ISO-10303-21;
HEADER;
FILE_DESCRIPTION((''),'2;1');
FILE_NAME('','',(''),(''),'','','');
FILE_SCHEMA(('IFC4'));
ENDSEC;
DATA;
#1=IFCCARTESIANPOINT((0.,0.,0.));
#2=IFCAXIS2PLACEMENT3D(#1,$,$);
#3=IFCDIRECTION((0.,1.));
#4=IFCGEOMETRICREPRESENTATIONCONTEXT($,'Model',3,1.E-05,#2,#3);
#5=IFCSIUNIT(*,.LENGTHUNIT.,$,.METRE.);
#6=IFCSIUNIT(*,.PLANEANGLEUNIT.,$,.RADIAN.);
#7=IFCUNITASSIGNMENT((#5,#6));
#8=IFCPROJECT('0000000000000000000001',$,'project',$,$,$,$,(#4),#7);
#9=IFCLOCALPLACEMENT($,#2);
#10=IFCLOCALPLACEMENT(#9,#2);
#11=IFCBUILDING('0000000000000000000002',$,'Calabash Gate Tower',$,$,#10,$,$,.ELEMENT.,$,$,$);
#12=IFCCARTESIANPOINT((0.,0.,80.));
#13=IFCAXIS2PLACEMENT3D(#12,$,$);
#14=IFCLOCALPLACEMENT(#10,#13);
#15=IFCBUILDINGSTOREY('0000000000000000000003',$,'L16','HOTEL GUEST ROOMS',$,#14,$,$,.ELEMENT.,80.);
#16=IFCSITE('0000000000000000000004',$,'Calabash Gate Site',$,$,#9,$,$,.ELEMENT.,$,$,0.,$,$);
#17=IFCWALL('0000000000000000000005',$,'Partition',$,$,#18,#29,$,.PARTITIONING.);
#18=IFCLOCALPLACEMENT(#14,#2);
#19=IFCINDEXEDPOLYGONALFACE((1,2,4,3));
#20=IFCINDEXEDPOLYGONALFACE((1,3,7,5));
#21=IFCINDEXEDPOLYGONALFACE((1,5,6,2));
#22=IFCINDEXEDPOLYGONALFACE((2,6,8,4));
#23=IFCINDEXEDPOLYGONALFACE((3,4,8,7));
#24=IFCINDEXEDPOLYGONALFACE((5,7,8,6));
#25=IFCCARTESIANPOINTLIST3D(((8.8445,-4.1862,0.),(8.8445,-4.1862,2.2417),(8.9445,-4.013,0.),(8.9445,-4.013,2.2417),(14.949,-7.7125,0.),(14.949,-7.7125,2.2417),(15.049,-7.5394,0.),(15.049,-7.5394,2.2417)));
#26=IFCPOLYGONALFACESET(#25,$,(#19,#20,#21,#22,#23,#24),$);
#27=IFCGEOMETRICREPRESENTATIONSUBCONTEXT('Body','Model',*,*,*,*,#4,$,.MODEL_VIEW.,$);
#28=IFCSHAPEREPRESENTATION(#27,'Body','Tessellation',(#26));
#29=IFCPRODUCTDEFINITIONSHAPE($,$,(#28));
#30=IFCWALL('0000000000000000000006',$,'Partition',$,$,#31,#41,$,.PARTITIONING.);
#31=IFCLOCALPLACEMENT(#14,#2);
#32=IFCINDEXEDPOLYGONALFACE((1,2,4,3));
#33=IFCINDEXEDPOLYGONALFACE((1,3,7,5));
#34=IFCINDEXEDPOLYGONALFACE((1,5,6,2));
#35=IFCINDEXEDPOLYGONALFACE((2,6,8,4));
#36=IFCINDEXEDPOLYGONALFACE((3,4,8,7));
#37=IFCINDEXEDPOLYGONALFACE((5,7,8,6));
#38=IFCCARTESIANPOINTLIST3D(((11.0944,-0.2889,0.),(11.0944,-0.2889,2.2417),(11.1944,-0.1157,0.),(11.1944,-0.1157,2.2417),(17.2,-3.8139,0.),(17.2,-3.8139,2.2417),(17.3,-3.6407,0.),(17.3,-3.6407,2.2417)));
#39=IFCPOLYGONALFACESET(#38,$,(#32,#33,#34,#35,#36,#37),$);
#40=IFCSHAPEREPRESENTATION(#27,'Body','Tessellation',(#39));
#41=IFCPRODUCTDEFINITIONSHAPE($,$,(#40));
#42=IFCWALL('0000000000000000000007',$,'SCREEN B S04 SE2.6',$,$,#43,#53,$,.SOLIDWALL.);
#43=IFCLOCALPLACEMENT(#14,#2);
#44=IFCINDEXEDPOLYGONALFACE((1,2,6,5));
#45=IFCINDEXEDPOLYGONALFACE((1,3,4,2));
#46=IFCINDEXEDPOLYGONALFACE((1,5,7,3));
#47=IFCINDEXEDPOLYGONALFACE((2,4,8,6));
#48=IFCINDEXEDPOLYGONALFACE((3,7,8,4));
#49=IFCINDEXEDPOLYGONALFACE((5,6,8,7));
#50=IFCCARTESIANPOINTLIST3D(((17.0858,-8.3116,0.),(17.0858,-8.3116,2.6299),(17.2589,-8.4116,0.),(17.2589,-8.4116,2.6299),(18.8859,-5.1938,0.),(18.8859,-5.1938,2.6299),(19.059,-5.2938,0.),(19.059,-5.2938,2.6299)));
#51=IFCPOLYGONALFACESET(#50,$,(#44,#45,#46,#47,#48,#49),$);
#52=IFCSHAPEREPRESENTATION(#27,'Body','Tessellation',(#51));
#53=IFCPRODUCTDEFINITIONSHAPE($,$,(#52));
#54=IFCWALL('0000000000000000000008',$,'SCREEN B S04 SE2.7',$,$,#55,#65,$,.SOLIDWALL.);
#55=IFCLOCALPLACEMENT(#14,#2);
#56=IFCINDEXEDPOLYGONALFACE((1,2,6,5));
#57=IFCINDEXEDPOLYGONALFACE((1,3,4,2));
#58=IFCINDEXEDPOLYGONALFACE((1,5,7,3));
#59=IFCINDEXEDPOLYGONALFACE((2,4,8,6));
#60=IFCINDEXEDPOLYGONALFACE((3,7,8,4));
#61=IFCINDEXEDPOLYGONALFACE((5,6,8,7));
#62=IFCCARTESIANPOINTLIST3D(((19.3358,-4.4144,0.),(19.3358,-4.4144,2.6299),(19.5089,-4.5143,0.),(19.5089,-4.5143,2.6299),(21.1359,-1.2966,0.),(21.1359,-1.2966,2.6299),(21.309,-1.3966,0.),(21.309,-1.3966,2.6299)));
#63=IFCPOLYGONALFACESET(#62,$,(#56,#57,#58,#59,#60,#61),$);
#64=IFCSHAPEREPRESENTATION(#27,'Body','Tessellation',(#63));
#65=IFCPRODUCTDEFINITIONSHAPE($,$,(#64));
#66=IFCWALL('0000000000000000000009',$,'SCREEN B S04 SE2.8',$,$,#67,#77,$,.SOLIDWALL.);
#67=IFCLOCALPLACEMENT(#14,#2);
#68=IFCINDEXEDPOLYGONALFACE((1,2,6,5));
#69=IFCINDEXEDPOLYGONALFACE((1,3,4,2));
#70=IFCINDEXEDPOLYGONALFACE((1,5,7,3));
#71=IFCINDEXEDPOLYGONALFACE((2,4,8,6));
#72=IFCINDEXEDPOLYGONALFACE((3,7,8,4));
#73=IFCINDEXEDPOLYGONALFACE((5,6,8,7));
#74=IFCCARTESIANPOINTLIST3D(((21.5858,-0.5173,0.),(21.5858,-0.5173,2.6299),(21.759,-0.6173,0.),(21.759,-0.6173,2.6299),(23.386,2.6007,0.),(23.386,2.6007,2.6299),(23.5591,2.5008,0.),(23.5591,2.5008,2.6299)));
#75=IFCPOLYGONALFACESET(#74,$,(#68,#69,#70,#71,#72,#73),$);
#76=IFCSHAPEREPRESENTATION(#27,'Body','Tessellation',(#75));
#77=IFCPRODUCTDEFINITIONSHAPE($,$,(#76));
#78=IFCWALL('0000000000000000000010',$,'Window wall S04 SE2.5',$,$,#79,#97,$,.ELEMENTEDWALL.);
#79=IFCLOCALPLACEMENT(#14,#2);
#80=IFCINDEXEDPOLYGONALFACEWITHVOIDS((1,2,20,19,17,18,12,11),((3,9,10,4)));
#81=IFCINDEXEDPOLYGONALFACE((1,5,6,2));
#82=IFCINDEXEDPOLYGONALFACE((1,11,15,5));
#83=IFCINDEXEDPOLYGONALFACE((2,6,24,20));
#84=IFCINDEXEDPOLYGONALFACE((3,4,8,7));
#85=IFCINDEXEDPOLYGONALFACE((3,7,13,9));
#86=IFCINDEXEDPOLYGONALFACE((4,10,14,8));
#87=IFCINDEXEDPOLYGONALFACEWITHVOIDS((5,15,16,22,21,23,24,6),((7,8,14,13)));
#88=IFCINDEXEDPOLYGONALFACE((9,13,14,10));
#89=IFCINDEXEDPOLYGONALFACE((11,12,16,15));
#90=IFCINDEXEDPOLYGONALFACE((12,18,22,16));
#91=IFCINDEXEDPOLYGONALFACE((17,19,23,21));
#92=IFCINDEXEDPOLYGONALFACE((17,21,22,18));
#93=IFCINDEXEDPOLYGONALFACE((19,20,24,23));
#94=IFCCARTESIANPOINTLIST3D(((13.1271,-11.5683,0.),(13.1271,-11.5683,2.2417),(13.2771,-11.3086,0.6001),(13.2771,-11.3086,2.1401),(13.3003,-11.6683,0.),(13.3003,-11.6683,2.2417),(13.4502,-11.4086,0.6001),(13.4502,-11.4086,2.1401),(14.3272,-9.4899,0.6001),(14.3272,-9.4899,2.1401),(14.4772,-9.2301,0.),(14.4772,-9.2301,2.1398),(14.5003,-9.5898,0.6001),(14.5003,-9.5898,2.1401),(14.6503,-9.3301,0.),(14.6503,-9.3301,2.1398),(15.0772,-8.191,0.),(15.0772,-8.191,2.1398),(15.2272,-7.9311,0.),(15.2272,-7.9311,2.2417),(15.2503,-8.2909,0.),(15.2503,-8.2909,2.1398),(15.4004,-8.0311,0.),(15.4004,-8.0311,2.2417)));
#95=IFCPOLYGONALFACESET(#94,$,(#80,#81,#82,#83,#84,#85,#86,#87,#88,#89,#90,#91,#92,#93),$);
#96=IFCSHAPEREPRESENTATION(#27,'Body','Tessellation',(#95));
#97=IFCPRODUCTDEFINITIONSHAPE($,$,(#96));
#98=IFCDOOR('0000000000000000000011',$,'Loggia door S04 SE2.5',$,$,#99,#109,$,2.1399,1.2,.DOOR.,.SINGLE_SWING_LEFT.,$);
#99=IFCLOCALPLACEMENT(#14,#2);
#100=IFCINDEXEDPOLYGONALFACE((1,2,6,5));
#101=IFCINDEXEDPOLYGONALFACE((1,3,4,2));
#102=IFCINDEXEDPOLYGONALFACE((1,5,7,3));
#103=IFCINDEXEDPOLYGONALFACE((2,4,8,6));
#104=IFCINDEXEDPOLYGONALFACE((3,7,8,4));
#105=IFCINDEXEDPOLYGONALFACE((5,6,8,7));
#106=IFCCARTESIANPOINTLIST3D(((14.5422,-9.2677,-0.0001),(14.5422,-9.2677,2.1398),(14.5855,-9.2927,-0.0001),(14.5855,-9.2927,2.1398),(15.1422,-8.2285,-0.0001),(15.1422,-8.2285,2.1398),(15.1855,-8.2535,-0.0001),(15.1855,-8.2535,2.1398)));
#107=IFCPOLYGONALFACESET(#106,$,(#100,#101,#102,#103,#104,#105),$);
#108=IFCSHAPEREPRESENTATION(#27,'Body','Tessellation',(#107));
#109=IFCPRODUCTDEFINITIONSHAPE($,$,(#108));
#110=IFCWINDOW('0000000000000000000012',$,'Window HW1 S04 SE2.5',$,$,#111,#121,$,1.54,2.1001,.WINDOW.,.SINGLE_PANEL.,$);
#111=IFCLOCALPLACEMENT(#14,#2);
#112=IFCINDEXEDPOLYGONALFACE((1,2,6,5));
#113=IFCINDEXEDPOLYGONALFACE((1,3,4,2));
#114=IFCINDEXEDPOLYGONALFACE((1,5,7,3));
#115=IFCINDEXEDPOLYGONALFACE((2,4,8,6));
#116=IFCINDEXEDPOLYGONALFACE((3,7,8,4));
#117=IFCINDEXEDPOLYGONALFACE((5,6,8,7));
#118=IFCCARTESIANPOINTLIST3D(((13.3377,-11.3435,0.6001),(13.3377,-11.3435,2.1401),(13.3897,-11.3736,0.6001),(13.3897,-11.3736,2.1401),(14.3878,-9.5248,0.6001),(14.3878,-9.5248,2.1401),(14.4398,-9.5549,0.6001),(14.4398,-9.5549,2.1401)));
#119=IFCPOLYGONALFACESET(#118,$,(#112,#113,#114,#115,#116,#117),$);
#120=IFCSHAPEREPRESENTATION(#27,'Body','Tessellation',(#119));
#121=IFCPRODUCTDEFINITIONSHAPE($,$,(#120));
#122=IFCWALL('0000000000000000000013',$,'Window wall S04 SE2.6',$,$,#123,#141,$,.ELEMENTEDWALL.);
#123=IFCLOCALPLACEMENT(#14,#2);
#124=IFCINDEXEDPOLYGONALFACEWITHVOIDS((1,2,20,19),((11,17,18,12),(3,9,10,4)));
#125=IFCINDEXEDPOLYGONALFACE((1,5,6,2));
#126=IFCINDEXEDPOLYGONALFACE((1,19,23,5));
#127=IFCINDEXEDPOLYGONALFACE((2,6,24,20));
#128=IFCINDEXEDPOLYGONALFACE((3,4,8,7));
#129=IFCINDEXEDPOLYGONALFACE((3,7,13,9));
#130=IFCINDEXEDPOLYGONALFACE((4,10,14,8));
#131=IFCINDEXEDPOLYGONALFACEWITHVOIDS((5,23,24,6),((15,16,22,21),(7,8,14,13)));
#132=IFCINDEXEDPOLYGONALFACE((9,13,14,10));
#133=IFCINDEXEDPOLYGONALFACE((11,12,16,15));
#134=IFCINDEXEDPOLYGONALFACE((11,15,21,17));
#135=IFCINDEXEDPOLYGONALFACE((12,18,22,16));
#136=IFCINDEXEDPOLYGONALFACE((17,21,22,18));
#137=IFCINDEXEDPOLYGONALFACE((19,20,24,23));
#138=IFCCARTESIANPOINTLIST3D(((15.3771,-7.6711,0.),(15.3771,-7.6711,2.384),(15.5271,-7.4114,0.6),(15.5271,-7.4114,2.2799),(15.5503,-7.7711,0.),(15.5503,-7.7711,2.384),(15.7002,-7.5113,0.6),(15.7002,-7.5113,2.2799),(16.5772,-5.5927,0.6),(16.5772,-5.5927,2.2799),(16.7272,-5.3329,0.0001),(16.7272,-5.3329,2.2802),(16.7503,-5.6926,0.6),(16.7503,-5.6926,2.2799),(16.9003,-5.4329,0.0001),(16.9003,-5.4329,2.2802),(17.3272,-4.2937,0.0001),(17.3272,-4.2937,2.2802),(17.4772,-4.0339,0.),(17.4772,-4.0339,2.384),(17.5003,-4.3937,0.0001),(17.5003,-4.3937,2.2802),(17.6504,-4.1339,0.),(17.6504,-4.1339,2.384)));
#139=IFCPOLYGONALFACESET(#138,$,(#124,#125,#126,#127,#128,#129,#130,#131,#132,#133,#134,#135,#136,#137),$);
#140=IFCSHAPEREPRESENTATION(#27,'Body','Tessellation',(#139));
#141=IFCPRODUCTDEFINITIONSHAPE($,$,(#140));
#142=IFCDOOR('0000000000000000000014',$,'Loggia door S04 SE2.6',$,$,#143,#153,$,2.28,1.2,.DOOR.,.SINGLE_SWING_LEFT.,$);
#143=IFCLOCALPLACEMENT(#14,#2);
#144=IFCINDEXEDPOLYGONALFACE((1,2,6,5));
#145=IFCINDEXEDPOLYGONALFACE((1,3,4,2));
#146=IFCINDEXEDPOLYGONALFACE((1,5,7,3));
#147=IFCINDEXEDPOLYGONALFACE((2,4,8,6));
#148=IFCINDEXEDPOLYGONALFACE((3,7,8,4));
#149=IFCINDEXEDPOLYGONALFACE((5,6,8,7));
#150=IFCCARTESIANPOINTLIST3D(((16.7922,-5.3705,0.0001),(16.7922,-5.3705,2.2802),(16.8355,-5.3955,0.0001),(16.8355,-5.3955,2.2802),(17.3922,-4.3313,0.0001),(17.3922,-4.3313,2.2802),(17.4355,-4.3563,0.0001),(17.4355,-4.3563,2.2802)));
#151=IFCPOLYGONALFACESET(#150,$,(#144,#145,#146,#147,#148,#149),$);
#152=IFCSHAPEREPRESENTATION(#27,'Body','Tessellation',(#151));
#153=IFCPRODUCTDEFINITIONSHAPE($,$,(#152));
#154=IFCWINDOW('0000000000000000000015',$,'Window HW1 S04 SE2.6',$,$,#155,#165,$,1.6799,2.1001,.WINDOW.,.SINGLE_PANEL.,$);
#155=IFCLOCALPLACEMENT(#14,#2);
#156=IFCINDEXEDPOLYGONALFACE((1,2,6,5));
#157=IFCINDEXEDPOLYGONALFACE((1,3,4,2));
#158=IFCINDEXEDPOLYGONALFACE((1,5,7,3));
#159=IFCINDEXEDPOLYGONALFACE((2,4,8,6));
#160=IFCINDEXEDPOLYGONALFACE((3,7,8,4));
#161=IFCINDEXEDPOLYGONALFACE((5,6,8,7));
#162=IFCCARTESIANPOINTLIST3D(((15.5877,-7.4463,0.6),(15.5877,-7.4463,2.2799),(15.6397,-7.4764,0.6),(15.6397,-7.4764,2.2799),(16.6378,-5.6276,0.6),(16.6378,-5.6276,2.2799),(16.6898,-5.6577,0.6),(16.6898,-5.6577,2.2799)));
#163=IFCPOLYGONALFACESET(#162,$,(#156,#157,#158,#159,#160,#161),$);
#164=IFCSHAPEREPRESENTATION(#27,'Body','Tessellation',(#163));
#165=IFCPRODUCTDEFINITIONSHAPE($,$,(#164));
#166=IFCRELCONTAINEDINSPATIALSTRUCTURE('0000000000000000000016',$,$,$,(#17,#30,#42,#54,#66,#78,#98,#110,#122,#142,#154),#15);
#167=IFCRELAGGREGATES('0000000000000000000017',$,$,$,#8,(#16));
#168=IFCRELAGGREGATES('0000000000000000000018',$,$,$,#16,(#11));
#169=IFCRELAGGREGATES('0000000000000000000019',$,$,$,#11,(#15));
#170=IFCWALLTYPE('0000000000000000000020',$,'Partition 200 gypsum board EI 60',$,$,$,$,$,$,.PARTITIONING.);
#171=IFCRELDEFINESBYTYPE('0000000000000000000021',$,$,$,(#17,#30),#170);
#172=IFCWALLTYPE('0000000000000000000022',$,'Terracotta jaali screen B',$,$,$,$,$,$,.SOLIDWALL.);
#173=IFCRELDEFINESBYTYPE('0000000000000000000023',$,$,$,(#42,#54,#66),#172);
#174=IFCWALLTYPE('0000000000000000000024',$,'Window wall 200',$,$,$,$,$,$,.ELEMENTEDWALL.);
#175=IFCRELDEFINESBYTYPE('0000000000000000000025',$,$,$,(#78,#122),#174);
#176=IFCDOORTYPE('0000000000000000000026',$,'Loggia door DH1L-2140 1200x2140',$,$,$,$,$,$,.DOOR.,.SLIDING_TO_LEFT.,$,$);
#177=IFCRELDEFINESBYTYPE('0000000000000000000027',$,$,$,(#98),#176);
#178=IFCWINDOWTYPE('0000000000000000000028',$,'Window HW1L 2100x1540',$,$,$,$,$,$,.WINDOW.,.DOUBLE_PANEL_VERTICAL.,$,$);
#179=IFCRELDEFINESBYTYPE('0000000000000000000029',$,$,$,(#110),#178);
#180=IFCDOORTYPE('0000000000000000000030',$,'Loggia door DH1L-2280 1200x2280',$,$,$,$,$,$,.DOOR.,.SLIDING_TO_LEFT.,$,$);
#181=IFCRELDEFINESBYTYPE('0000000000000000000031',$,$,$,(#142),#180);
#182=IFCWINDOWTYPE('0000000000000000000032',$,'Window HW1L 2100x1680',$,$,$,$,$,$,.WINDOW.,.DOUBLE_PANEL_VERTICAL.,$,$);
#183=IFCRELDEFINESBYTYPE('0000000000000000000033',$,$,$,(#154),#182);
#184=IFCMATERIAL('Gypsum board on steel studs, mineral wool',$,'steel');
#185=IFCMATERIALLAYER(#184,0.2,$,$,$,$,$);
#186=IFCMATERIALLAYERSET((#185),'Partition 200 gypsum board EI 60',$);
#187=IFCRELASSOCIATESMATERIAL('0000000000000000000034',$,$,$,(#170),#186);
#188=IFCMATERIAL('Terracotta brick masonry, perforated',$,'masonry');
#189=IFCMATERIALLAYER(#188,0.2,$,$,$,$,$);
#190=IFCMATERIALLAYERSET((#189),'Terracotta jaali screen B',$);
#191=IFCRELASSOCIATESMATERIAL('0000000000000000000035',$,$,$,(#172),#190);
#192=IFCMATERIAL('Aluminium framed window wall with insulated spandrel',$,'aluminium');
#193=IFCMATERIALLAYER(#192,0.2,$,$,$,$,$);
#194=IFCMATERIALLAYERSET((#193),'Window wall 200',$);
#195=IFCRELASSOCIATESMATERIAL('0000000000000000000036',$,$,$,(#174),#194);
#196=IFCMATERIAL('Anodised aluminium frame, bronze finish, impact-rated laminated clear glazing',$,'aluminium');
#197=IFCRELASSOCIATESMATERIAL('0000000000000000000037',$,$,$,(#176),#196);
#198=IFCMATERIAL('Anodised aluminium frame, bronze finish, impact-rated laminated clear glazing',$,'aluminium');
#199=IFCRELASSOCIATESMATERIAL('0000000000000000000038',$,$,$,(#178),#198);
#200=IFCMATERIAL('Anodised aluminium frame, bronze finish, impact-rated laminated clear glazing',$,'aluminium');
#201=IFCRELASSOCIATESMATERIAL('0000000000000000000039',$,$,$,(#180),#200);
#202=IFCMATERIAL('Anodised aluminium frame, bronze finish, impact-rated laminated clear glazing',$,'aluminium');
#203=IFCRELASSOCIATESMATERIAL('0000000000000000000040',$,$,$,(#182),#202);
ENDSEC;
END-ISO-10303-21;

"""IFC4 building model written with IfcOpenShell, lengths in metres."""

from ifc_helpers import new_model, si_unit, direction, frame, frame_2d, origin, place, context, subcontext, project, spatial, rectangle, extrude, material, layer, layer_set, type_object, element, fill, save


model = new_model("IFC4")

# Units and contexts
model_context = context("Model", 3, precision=1e-05, world=origin(), true_north=direction((0.0, 1.0)))
body_context = subcontext(model_context, "Body", "Model", "MODEL_VIEW")
ifc_project = project(units=[si_unit("LENGTHUNIT", "METRE"), si_unit("PLANEANGLEUNIT", "RADIAN")], contexts=[model_context])

# Site, building, storey
site_placement = place(None, origin())
site = spatial("IfcSite", under=ifc_project, at=site_placement, Name="Calabash Gate Site", CompositionType="ELEMENT", RefElevation=0.0)
building_placement = place(site_placement, origin())
building = spatial("IfcBuilding", under=site, at=building_placement, Name="Calabash Gate Tower", CompositionType="ELEMENT")
storey_placement = place(building_placement, frame((0.0, 0.0, 80.0)))
storey = spatial("IfcBuildingStorey", under=building, at=storey_placement, Name="L16", Description="HOTEL GUEST ROOMS", CompositionType="ELEMENT", Elevation=80.0)

# Walls
ifc_material_1 = material(Name="Gypsum board on steel studs, mineral wool", Category="steel")
ifc_layer_1 = layer(ifc_material_1, 0.2)
ifc_layer_set_1 = layer_set([ifc_layer_1], Name="Partition 200 gypsum board EI 60")
wall_type_1 = type_object("IfcWallType", Name="Partition 200 gypsum board EI 60", PredefinedType="PARTITIONING", material=ifc_layer_set_1)
wall_1_placement = place(storey_placement, frame((8.8945, -4.0996, 0.0), z_axis=(0.0, 0.0, 1.0), x_axis=(0.865906, -0.500206, 0.0)))
element("IfcWall", 1, at=wall_1_placement, inside=storey, type_object=wall_type_1, Name="Partition", PredefinedType="PARTITIONING", context=body_context, shape_type="SweptSolid", body=[
    extrude(rectangle(XDim=7.0498, YDim=0.2, at=frame_2d((3.5249, 0.0))), origin(), (0.0, 0.0, 1.0), 2.2417),
])
wall_2_placement = place(storey_placement, frame((11.1445, -0.2024, 0.0), z_axis=(0.0, 0.0, 1.0), x_axis=(0.866031, -0.49999, 0.0)))
element("IfcWall", 2, at=wall_2_placement, inside=storey, type_object=wall_type_1, Name="Partition", PredefinedType="PARTITIONING", context=body_context, shape_type="SweptSolid", body=[
    extrude(rectangle(XDim=7.05, YDim=0.2, at=frame_2d((3.5249, 0.0))), origin(), (0.0, 0.0, 1.0), 2.2417),
])
ifc_material_2 = material(Name="Terracotta brick masonry, perforated", Category="masonry")
ifc_layer_2 = layer(ifc_material_2, 0.2)
ifc_layer_set_2 = layer_set([ifc_layer_2], Name="Terracotta jaali screen B")
wall_type_2 = type_object("IfcWallType", Name="Terracotta jaali screen B", PredefinedType="SOLIDWALL", material=ifc_layer_set_2)
for number, where, z_axis, x_axis, name in (
    (3, (17.1724, -8.3616, 0.0), (0.0, 0.0, 1.0), (0.500012, 0.866018, 0.0), "SCREEN B S04 SE2.6"),
    (4, (19.4224, -4.4644, 0.0), (0.0, 0.0, 1.0), (0.500012, 0.866018, 0.0), "SCREEN B S04 SE2.7"),
):
    element("IfcWall", number, at=place(storey_placement, frame(where, z_axis=z_axis, x_axis=x_axis)), inside=storey, type_object=wall_type_2, Name=name, PredefinedType="SOLIDWALL", context=body_context, shape_type="SweptSolid", body=[
        extrude(rectangle(XDim=3.6001, YDim=0.2, at=frame_2d((1.8, 0.0))), origin(), (0.0, 0.0, 1.0), 2.6299),
    ])
wall_3_placement = place(storey_placement, frame((21.6724, -0.5674, 0.0), z_axis=(0.0, 0.0, 1.0), x_axis=(0.499983, 0.866035, 0.0)))
element("IfcWall", 5, at=wall_3_placement, inside=storey, type_object=wall_type_2, Name="SCREEN B S04 SE2.8", PredefinedType="SOLIDWALL", context=body_context, shape_type="SweptSolid", body=[
    extrude(rectangle(XDim=3.6003, YDim=0.2, at=frame_2d((1.8003, 0.0))), origin(), (0.0, 0.0, 1.0), 2.6299),
])

# Walls, openings, doors, windows
ifc_material_3 = material(Name="Aluminium framed window wall with insulated spandrel", Category="aluminium")
ifc_layer_3 = layer(ifc_material_3, 0.2)
ifc_layer_set_3 = layer_set([ifc_layer_3], Name="Window wall 200")
wall_type_3 = type_object("IfcWallType", Name="Window wall 200", PredefinedType="ELEMENTEDWALL", material=ifc_layer_set_3)
wall_4_placement = place(storey_placement, frame((13.2136, -11.6184, 0.0), z_axis=(0.0, 0.0, 1.0), x_axis=(0.500028, 0.866009, 0.0)))
wall_4 = element("IfcWall", 6, at=wall_4_placement, inside=storey, type_object=wall_type_3, Name="Window wall S04 SE2.5", PredefinedType="ELEMENTEDWALL", context=body_context, shape_type="SweptSolid", body=[
    extrude(rectangle(XDim=4.2, YDim=0.2, at=frame_2d((2.1001, 0.0))), origin(), (0.0, 0.0, 1.0), 2.2417),
])
opening_1_placement = place(wall_4_placement, frame((0.3, 0.0, 0.6001)))
opening_1 = element("IfcOpeningElement", 7, at=opening_1_placement, cuts=wall_4, PredefinedType="OPENING", context=body_context, shape_type="SweptSolid", body=[
    extrude(rectangle(XDim=2.1001, YDim=1.54, at=frame_2d((1.05, 0.77))), frame((0.0, 0.1099, 0.0), z_axis=(0.0, -1.0, 0.0), x_axis=(1.0, 0.0, 0.0)), (0.0, 0.0, 1.0), 0.22),
])
opening_2_placement = place(wall_4_placement, frame((2.7, 0.0, 0.0)))
opening_2 = element("IfcOpeningElement", 8, at=opening_2_placement, cuts=wall_4, PredefinedType="OPENING", context=body_context, shape_type="SweptSolid", body=[
    extrude(rectangle(XDim=1.2, YDim=2.1399, at=frame_2d((0.6001, 1.0698))), frame((0.0, 0.1099, 0.0), z_axis=(0.0, -1.0, 0.0), x_axis=(1.0, 0.0, 0.0)), (0.0, 0.0, 1.0), 0.22),
])
ifc_material_4 = material(Name="Anodised aluminium frame, bronze finish, impact-rated laminated clear glazing", Category="aluminium")
door_type_1 = type_object("IfcDoorType", Name="Loggia door DH1L-2140 1200x2140", OperationType="SLIDING_TO_LEFT", PredefinedType="DOOR", material=ifc_material_4)
door_1_placement = place(opening_2_placement, origin())
door_1 = element("IfcDoor", 9, at=door_1_placement, inside=storey, type_object=door_type_1, Name="Loggia door S04 SE2.5", OperationType="SINGLE_SWING_LEFT", OverallHeight=2.1399, OverallWidth=1.2, PredefinedType="DOOR", context=body_context, shape_type="SweptSolid", body=[
    extrude(rectangle(XDim=1.2, YDim=2.1399, at=frame_2d((0.6001, 1.0698))), frame((0.0, 0.0249, 0.0), z_axis=(0.0, -1.0, 0.0), x_axis=(1.0, 0.0, 0.0)), (0.0, 0.0, 1.0), 0.05),
])
fill(opening_2, door_1)
ifc_material_5 = material(Name="Anodised aluminium frame, bronze finish, impact-rated laminated clear glazing", Category="aluminium")
window_type_1 = type_object("IfcWindowType", Name="Window HW1L 2100x1540", PartitioningType="DOUBLE_PANEL_VERTICAL", PredefinedType="WINDOW", material=ifc_material_5)
window_1_placement = place(opening_1_placement, origin())
window_1 = element("IfcWindow", 10, at=window_1_placement, inside=storey, type_object=window_type_1, Name="Window HW1 S04 SE2.5", OverallHeight=1.54, OverallWidth=2.1001, PartitioningType="SINGLE_PANEL", PredefinedType="WINDOW", context=body_context, shape_type="SweptSolid", body=[
    extrude(rectangle(XDim=2.1001, YDim=1.54, at=frame_2d((1.05, 0.77))), frame((0.0, 0.03, 0.0), z_axis=(0.0, -1.0, 0.0), x_axis=(1.0, 0.0, 0.0)), (0.0, 0.0, 1.0), 0.0601),
])
fill(opening_1, window_1)
wall_5_placement = place(storey_placement, frame((15.4636, -7.7212, 0.0), z_axis=(0.0, 0.0, 1.0), x_axis=(0.500028, 0.866009, 0.0)))
wall_5 = element("IfcWall", 11, at=wall_5_placement, inside=storey, type_object=wall_type_3, Name="Window wall S04 SE2.6", PredefinedType="ELEMENTEDWALL", context=body_context, shape_type="SweptSolid", body=[
    extrude(rectangle(XDim=4.2, YDim=0.2, at=frame_2d((2.1001, 0.0))), origin(), (0.0, 0.0, 1.0), 2.384),
])
opening_3_placement = place(wall_5_placement, frame((0.3, 0.0, 0.6001)))
opening_3 = element("IfcOpeningElement", 12, at=opening_3_placement, cuts=wall_5, PredefinedType="OPENING", context=body_context, shape_type="SweptSolid", body=[
    extrude(rectangle(XDim=2.1001, YDim=1.6799, at=frame_2d((1.05, 0.8398))), frame((0.0, 0.1099, 0.0), z_axis=(0.0, -1.0, 0.0), x_axis=(1.0, 0.0, 0.0)), (0.0, 0.0, 1.0), 0.22),
])
opening_4_placement = place(wall_5_placement, frame((2.7, 0.0, 0.0)))
opening_4 = element("IfcOpeningElement", 13, at=opening_4_placement, cuts=wall_5, PredefinedType="OPENING", context=body_context, shape_type="SweptSolid", body=[
    extrude(rectangle(XDim=1.2, YDim=2.28, at=frame_2d((0.6001, 1.1401))), frame((0.0, 0.1099, 0.0), z_axis=(0.0, -1.0, 0.0), x_axis=(1.0, 0.0, 0.0)), (0.0, 0.0, 1.0), 0.22),
])
ifc_material_6 = material(Name="Anodised aluminium frame, bronze finish, impact-rated laminated clear glazing", Category="aluminium")
door_type_2 = type_object("IfcDoorType", Name="Loggia door DH1L-2280 1200x2280", OperationType="SLIDING_TO_LEFT", PredefinedType="DOOR", material=ifc_material_6)
door_2_placement = place(opening_4_placement, origin())
door_2 = element("IfcDoor", 14, at=door_2_placement, inside=storey, type_object=door_type_2, Name="Loggia door S04 SE2.6", OperationType="SINGLE_SWING_LEFT", OverallHeight=2.28, OverallWidth=1.2, PredefinedType="DOOR", context=body_context, shape_type="SweptSolid", body=[
    extrude(rectangle(XDim=1.2, YDim=2.28, at=frame_2d((0.6001, 1.1401))), frame((0.0, 0.0249, 0.0), z_axis=(0.0, -1.0, 0.0), x_axis=(1.0, 0.0, 0.0)), (0.0, 0.0, 1.0), 0.05),
])
fill(opening_4, door_2)
ifc_material_7 = material(Name="Anodised aluminium frame, bronze finish, impact-rated laminated clear glazing", Category="aluminium")
window_type_2 = type_object("IfcWindowType", Name="Window HW1L 2100x1680", PartitioningType="DOUBLE_PANEL_VERTICAL", PredefinedType="WINDOW", material=ifc_material_7)
window_2_placement = place(opening_3_placement, origin())
window_2 = element("IfcWindow", 15, at=window_2_placement, inside=storey, type_object=window_type_2, Name="Window HW1 S04 SE2.6", OverallHeight=1.6799, OverallWidth=2.1001, PartitioningType="SINGLE_PANEL", PredefinedType="WINDOW", context=body_context, shape_type="SweptSolid", body=[
    extrude(rectangle(XDim=2.1001, YDim=1.6799, at=frame_2d((1.05, 0.8398))), frame((0.0, 0.03, 0.0), z_axis=(0.0, -1.0, 0.0), x_axis=(1.0, 0.0, 0.0)), (0.0, 0.0, 1.0), 0.0601),
])
fill(opening_3, window_2)

save(model, "model.ifc")
